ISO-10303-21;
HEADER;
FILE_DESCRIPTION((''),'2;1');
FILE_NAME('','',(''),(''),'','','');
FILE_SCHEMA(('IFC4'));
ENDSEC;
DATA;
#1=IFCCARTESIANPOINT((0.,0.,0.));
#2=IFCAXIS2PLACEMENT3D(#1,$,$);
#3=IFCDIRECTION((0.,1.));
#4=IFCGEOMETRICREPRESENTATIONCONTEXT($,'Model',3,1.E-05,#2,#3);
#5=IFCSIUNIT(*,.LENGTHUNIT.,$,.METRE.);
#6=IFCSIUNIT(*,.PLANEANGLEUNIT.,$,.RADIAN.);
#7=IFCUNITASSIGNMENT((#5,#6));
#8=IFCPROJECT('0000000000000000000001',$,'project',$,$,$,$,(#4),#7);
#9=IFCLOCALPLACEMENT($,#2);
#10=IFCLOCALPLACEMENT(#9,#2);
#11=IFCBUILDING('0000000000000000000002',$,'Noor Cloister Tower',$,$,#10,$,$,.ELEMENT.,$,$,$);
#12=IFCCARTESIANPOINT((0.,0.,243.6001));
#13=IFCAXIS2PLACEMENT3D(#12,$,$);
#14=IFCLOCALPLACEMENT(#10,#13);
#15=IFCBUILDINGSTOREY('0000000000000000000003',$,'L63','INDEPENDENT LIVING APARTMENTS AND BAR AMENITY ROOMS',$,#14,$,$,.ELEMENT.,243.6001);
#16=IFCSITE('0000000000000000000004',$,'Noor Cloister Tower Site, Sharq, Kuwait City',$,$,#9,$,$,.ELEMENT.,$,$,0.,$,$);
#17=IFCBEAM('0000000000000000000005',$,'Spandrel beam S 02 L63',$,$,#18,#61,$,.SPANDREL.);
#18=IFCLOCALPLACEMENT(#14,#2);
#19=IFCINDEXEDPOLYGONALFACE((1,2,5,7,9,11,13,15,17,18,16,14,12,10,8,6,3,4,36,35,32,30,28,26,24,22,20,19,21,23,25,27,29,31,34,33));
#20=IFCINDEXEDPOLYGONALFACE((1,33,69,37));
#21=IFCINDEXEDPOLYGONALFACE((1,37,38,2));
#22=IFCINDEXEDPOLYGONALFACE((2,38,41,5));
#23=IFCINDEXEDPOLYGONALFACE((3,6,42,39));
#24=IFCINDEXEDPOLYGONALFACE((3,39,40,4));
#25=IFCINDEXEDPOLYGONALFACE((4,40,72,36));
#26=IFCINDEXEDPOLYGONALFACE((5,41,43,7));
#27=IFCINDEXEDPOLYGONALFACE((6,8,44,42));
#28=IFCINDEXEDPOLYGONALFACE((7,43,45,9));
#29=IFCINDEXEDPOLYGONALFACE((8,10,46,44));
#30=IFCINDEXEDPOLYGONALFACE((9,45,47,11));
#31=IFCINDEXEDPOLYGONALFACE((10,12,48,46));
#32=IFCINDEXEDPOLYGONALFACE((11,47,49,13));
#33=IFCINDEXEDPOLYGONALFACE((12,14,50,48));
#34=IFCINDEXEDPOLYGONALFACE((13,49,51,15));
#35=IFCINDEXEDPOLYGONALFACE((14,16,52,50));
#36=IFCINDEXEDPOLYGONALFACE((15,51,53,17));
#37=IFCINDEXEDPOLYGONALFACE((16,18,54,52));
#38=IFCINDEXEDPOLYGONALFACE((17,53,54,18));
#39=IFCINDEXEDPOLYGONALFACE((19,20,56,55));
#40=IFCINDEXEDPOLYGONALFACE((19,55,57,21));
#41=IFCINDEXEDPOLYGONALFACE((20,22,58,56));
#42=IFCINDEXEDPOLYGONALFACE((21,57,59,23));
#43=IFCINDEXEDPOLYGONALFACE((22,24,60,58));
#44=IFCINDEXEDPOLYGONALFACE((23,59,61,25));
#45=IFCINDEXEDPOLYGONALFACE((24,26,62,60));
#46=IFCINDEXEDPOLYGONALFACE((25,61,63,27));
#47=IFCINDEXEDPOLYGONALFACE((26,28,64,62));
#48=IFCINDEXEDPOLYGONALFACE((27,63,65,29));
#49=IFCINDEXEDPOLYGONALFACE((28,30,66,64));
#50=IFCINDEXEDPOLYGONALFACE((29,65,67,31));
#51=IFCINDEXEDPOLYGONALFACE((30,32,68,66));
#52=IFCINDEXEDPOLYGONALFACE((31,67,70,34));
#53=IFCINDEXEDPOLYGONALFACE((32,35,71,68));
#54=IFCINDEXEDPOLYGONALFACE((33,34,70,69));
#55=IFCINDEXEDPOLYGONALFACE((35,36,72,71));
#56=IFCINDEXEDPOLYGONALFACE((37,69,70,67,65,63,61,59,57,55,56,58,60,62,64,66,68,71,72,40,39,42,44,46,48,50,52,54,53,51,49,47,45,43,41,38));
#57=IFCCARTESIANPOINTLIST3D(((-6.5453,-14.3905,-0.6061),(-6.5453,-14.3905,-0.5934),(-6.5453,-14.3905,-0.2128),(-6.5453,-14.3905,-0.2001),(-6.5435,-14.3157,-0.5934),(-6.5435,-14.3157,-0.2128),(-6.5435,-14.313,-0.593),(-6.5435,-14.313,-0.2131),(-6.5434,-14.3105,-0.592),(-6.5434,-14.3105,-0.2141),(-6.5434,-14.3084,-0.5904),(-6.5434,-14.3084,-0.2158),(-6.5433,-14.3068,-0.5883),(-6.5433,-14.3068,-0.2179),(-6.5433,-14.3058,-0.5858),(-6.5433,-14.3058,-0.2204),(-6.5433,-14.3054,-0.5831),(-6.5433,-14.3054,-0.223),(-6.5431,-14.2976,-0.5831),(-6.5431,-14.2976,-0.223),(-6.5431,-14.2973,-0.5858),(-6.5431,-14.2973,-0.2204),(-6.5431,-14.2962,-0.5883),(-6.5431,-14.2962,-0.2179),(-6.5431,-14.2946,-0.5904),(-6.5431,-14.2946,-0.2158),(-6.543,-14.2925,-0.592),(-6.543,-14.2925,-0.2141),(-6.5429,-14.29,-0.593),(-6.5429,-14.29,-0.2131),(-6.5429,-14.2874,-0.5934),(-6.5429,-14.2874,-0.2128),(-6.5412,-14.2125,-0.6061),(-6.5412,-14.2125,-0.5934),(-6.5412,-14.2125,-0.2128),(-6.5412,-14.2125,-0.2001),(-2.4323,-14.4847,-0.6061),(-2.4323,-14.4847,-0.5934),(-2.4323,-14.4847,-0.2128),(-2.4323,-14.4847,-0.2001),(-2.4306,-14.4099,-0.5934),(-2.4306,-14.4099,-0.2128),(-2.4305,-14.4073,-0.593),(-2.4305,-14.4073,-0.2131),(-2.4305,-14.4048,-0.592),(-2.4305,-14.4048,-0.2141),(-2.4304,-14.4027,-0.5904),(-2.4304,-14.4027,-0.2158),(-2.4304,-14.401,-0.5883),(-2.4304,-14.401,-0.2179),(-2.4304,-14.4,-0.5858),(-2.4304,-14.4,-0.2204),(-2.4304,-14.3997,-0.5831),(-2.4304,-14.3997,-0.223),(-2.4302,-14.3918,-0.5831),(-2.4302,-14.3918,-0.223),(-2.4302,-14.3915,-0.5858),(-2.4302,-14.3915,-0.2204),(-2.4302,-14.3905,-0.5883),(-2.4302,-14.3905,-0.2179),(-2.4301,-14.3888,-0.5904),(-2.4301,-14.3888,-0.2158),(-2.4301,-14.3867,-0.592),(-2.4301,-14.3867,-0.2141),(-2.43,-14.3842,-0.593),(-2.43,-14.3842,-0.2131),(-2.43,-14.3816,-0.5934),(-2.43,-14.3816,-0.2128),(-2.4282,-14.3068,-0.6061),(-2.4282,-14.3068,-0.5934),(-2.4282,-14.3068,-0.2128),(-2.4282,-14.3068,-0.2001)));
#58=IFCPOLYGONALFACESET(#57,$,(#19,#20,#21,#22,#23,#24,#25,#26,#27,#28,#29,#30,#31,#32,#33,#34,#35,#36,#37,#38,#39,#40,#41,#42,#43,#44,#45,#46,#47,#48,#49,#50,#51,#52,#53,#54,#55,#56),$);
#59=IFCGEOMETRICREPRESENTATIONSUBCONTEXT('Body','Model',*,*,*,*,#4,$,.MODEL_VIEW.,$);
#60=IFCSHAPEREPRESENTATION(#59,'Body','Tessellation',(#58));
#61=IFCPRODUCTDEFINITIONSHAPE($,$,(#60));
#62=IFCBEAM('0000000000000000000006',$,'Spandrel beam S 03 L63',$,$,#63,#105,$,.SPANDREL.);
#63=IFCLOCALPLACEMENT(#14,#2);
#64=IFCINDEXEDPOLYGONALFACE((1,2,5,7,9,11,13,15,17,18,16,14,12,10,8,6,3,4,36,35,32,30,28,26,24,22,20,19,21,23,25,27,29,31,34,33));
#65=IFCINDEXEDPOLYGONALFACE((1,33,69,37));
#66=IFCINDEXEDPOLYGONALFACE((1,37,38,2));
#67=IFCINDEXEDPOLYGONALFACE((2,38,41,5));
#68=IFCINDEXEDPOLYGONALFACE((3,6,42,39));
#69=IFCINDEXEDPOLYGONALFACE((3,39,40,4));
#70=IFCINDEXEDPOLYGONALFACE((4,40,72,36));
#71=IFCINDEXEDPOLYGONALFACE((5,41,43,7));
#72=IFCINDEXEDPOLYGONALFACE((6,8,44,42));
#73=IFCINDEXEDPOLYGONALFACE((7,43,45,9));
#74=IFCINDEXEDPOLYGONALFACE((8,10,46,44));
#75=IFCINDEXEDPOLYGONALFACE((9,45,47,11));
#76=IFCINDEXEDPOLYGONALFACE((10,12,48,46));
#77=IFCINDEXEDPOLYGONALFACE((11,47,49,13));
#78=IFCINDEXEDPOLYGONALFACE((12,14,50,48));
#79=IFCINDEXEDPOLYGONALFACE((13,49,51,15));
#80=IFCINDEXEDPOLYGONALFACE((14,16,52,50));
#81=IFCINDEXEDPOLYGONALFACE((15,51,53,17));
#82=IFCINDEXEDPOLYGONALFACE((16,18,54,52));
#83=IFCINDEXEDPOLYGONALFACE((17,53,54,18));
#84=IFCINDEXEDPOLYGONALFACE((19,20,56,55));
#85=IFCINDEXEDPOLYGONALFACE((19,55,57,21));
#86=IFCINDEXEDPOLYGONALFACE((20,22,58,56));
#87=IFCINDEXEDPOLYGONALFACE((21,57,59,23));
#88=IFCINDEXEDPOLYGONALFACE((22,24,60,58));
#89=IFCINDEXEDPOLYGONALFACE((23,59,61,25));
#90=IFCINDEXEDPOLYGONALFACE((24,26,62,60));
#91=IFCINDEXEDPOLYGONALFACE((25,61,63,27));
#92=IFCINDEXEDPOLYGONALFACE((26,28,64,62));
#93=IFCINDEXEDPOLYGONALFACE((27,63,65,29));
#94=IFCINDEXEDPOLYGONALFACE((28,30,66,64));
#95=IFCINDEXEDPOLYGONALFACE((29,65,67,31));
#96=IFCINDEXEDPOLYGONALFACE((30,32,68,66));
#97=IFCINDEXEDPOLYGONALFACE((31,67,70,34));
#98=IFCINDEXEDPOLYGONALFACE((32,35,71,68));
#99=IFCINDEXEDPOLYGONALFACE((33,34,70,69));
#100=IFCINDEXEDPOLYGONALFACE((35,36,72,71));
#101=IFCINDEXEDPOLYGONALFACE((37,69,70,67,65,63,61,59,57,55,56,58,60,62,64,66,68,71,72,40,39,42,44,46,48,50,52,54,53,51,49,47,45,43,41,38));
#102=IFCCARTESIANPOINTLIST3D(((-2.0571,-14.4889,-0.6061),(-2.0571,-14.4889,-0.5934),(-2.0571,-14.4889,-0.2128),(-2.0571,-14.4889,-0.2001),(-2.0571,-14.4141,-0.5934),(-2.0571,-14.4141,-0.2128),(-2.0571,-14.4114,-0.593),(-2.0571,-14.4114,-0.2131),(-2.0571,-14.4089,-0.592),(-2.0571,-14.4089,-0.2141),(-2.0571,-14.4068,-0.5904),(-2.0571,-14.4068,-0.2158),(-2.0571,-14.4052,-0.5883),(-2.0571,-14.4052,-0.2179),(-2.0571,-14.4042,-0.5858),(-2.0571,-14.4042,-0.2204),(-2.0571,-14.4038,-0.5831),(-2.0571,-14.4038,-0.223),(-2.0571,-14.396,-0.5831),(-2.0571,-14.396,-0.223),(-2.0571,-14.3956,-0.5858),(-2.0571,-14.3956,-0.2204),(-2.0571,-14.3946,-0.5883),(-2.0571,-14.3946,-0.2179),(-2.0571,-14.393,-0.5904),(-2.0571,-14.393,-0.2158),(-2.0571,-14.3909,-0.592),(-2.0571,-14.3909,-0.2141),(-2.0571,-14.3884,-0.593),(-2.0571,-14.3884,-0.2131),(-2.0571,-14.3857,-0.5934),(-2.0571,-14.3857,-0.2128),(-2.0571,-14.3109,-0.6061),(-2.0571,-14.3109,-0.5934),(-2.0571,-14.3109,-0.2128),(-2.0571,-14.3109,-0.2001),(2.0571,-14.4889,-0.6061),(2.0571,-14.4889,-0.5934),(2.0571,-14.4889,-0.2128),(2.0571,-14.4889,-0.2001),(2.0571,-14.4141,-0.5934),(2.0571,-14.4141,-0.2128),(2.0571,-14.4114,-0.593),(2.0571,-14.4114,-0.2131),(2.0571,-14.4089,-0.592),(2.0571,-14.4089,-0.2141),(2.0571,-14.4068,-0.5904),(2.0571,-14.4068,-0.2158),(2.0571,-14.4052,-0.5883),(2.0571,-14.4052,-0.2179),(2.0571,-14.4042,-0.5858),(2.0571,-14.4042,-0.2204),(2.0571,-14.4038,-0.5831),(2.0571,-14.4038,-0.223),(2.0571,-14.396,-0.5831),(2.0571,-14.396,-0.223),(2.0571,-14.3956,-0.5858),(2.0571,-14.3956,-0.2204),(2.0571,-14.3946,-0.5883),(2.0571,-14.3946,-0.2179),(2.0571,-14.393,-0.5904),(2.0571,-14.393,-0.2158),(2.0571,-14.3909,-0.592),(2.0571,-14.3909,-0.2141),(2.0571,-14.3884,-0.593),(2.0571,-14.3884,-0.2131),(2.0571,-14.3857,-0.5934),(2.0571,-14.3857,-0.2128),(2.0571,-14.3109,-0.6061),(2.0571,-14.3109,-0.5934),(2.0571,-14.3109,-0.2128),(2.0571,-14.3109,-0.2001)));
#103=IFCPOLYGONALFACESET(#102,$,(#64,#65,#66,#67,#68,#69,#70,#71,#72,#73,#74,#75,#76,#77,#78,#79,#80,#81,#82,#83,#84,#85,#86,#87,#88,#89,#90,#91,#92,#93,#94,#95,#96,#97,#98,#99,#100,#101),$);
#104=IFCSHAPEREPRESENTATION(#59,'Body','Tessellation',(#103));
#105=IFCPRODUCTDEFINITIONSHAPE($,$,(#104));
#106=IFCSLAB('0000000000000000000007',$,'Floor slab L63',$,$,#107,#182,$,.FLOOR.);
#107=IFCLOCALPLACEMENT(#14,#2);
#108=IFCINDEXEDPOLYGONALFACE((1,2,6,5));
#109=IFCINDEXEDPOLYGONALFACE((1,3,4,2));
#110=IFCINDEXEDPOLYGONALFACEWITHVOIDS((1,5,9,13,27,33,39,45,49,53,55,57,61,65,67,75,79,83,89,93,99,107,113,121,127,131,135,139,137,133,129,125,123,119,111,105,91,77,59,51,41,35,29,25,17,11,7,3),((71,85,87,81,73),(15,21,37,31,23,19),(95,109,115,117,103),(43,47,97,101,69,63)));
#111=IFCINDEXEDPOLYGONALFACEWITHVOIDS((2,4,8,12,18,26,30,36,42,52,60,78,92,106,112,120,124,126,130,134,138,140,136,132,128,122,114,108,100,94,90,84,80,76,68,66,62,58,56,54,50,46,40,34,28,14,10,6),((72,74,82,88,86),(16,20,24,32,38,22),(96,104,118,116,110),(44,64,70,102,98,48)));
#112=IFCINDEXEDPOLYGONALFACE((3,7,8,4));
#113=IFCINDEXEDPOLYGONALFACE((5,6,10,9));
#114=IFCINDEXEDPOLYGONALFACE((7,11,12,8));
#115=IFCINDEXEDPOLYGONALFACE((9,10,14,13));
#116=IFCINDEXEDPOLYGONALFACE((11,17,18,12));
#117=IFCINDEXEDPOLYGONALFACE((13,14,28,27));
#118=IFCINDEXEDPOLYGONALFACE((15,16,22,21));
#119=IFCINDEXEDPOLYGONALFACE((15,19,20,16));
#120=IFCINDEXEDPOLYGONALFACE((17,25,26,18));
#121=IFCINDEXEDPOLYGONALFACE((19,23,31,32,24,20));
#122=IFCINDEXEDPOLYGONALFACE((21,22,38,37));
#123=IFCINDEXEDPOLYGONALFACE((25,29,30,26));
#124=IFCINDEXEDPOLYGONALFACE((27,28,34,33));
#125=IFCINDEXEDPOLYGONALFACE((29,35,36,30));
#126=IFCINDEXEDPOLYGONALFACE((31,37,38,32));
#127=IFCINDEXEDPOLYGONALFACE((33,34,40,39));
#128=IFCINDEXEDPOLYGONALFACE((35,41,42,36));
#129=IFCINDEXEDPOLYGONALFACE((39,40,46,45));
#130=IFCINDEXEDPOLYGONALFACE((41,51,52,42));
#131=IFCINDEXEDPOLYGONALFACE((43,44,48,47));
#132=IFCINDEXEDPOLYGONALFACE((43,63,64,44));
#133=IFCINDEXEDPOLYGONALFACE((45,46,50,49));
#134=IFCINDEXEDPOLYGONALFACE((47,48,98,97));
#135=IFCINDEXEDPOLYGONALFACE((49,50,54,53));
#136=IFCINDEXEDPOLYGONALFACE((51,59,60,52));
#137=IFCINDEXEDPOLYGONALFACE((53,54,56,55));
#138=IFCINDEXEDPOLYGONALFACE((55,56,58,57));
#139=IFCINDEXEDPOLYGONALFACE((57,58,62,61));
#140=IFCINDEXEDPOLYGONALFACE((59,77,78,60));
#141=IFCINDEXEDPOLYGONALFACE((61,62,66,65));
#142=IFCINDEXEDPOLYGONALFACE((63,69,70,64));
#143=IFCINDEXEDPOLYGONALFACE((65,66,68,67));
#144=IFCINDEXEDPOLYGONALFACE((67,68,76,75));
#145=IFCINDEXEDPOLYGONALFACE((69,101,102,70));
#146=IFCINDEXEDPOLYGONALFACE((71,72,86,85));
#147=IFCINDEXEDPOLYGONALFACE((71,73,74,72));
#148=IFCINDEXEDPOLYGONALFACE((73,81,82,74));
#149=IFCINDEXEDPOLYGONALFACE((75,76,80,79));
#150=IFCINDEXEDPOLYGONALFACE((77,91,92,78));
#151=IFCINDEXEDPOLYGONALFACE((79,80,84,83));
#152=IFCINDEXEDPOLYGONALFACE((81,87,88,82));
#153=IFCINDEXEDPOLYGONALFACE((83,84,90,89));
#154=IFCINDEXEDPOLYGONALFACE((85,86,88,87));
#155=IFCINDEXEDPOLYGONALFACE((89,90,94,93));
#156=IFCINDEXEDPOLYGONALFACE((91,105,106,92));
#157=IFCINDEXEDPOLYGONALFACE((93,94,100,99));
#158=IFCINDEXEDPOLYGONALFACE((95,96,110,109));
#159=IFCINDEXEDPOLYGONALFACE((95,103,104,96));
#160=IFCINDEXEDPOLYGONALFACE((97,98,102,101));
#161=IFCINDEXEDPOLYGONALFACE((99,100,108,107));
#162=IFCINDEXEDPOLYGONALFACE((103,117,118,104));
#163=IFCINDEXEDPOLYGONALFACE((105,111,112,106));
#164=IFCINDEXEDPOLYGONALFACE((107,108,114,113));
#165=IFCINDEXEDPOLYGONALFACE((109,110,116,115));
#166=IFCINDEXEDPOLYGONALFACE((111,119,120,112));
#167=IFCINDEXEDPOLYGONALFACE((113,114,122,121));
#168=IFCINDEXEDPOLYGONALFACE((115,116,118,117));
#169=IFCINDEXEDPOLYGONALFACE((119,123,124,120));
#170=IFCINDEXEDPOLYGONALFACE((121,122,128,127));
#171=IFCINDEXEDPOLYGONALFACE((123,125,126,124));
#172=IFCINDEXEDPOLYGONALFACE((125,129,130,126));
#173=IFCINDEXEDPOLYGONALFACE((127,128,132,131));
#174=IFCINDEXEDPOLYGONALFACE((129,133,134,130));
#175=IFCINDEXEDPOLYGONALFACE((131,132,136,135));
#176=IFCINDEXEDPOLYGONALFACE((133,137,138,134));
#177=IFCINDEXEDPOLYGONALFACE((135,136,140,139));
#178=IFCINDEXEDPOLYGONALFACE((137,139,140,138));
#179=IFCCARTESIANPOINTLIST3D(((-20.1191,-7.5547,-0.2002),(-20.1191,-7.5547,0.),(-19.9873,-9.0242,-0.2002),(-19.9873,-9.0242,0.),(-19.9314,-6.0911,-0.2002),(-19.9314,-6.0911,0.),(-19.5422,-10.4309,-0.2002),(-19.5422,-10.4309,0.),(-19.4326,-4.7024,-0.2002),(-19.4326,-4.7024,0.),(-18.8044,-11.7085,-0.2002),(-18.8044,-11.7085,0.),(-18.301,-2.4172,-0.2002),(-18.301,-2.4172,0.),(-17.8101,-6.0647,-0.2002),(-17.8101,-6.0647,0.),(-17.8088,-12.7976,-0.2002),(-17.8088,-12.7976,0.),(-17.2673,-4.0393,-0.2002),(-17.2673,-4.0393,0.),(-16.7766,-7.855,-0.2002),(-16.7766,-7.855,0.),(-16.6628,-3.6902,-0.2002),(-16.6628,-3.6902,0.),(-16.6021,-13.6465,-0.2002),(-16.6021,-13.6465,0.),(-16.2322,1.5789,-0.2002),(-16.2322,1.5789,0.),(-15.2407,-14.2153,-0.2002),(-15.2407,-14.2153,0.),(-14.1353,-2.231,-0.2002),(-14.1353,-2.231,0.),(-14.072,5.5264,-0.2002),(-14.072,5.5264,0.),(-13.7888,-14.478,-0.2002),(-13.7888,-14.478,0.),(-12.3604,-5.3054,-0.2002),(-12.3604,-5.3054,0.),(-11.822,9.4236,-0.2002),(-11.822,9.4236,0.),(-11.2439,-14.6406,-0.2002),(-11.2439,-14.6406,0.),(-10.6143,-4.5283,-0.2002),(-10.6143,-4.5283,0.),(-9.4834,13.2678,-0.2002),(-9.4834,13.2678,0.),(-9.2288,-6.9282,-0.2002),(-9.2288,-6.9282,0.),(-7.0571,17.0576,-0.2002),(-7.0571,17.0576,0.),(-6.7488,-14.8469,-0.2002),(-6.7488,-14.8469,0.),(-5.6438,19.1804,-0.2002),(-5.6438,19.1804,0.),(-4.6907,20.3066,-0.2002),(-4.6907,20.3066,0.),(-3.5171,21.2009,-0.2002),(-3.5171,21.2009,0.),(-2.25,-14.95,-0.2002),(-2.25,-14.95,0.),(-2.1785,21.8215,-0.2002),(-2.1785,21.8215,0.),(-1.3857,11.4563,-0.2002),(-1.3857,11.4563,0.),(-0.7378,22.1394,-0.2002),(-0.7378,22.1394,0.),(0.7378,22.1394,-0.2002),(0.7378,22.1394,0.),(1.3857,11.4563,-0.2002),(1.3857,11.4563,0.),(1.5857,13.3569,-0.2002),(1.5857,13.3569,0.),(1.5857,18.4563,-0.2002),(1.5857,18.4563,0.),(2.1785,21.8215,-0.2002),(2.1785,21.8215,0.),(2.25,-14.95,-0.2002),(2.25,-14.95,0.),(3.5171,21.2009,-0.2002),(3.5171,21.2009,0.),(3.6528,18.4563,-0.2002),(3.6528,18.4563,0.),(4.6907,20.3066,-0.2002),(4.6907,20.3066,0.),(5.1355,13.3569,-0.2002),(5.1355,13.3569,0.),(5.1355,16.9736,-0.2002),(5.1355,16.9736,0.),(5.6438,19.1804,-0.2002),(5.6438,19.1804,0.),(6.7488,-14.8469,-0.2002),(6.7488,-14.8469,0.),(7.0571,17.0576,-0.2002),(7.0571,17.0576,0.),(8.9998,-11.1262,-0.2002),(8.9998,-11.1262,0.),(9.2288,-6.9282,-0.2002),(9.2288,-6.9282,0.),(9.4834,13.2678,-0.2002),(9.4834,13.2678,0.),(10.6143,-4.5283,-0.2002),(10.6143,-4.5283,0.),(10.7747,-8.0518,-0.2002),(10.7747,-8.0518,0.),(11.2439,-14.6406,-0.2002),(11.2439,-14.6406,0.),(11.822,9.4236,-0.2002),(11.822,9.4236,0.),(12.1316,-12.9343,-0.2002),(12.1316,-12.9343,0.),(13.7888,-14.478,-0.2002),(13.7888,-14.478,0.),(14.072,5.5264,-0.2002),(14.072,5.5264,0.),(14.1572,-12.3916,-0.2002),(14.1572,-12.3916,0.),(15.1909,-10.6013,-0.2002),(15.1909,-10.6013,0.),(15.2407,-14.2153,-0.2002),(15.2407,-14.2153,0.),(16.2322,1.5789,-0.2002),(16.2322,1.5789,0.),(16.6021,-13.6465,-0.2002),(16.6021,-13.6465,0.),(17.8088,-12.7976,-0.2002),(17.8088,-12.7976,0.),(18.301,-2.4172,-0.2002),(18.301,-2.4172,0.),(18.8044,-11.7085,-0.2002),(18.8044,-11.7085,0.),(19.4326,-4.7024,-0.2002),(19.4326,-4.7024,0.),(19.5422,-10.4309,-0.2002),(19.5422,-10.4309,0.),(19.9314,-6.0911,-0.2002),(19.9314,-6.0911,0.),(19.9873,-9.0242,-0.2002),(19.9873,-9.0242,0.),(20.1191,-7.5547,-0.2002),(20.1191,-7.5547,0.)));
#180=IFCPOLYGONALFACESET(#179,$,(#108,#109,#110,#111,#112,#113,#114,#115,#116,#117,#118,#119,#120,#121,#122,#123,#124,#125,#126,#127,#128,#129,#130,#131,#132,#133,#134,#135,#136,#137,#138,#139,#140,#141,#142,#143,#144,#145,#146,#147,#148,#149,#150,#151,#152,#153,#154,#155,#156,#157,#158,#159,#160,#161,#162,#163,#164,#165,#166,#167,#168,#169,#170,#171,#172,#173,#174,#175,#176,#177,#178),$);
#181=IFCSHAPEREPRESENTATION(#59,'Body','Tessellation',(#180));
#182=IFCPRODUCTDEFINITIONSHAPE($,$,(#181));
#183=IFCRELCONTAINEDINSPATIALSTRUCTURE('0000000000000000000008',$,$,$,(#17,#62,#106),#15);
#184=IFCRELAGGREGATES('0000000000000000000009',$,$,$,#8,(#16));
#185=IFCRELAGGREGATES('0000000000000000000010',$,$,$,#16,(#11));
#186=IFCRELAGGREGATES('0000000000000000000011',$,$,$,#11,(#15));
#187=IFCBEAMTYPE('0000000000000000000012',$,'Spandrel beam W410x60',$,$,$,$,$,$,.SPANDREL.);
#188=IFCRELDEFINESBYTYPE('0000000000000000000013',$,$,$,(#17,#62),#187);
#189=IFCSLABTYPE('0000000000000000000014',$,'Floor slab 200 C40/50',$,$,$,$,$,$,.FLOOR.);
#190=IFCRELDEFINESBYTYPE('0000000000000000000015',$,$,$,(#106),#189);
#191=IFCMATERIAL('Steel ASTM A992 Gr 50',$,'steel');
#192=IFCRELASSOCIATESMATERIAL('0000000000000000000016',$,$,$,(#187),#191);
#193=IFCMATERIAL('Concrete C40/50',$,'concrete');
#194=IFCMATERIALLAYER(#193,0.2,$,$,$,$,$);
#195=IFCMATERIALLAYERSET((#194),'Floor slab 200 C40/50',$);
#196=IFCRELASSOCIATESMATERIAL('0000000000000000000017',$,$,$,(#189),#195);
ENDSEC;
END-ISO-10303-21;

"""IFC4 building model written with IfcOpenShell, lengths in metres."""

from ifc_helpers import new_model, si_unit, direction, frame, origin, origin_2d, place, context, subcontext, project, spatial, polyline, i_section, outline, extrude, material, layer, layer_set, material_profile, profile_set, type_object, element, save


model = new_model("IFC4")

# Units and contexts
model_context = context("Model", 3, precision=1e-05, world=origin(), true_north=direction((0.0, 1.0)))
body_context = subcontext(model_context, "Body", "Model", "MODEL_VIEW")
ifc_project = project(units=[si_unit("LENGTHUNIT", "METRE"), si_unit("PLANEANGLEUNIT", "RADIAN")], contexts=[model_context])

# Site, building, storey
site_placement = place(None, origin())
site = spatial("IfcSite", under=ifc_project, at=site_placement, Name="Noor Cloister Tower Site, Sharq, Kuwait City", CompositionType="ELEMENT", RefElevation=0.0)
building_placement = place(site_placement, origin())
building = spatial("IfcBuilding", under=site, at=building_placement, Name="Noor Cloister Tower", CompositionType="ELEMENT")
storey_placement = place(building_placement, frame((0.0, 0.0, 243.6001)))
storey = spatial("IfcBuildingStorey", under=building, at=storey_placement, Name="L63", Description="INDEPENDENT LIVING APARTMENTS AND BAR AMENITY ROOMS", CompositionType="ELEMENT", Elevation=243.6001)

# Beams
ifc_material_1 = material(Name="Steel ASTM A992 Gr 50", Category="steel")
ifc_material_profile_1 = material_profile(ifc_material_1, i_section(OverallWidth=0.178, OverallDepth=0.406, WebThickness=0.0078, FlangeThickness=0.0127, FilletRadius=0.0103, at=origin_2d()), Name="W410x60")
ifc_profile_set_1 = profile_set([ifc_material_profile_1], Name="Steel ASTM A992 Gr 50")
beam_type_1 = type_object("IfcBeamType", Name="Spandrel beam W410x60", PredefinedType="SPANDREL", material=ifc_profile_set_1)
beam_1_placement = place(storey_placement, frame((-6.5432, -14.3015, -0.4031), z_axis=(0.999738, -0.022906, 0.0), x_axis=(0.022906, 0.999738, 0.0)))
element("IfcBeam", 1, at=beam_1_placement, inside=storey, type_object=beam_type_1, Name="Spandrel beam S 02 L63", PredefinedType="SPANDREL", context=body_context, shape_type="SweptSolid", body=[
    extrude(i_section(OverallWidth=0.178, OverallDepth=0.406, WebThickness=0.0078, FlangeThickness=0.0127, FilletRadius=0.0103, at=origin_2d()), origin(), (0.0, 0.0, 1.0), 4.114),
])
beam_2_placement = place(storey_placement, frame((-2.0571, -14.3999, -0.4031), z_axis=(1.0, 0.0, 0.0), x_axis=(0.0, 1.0, 0.0)))
element("IfcBeam", 2, at=beam_2_placement, inside=storey, type_object=beam_type_1, Name="Spandrel beam S 03 L63", PredefinedType="SPANDREL", context=body_context, shape_type="SweptSolid", body=[
    extrude(i_section(OverallWidth=0.178, OverallDepth=0.406, WebThickness=0.0078, FlangeThickness=0.0127, FilletRadius=0.0103, at=origin_2d()), origin(), (0.0, 0.0, 1.0), 4.1143),
])

# Slab
ifc_material_2 = material(Name="Concrete C40/50", Category="concrete")
ifc_layer_1 = layer(ifc_material_2, 0.2)
ifc_layer_set_1 = layer_set([ifc_layer_1], Name="Floor slab 200 C40/50")
slab_type = type_object("IfcSlabType", Name="Floor slab 200 C40/50", PredefinedType="FLOOR", material=ifc_layer_set_1)
slab_placement = place(storey_placement, frame((0.0, 0.0, -0.2002)))
element("IfcSlab", 3, at=slab_placement, inside=storey, type_object=slab_type, Name="Floor slab L63", PredefinedType="FLOOR", context=body_context, shape_type="SweptSolid", body=[
    extrude(outline(polyline([(5.6438, 19.1804), (4.6907, 20.3066), (3.5171, 21.2009), (2.1785, 21.8215), (0.7378, 22.1394), (-0.7378, 22.1394), (-2.1785, 21.8215), (-3.5171, 21.2009), (-4.6907, 20.3066), (-5.6438, 19.1804), (-7.0571, 17.0576), (-9.4834, 13.2678), (-11.822, 9.4236), (-14.072, 5.5264), (-16.2322, 1.5789), (-18.301, -2.4172), (-19.4326, -4.7024), (-19.9314, -6.0911), (-20.1191, -7.5547), (-19.9873, -9.0242), (-19.5422, -10.4309), (-18.8044, -11.7085), (-17.8088, -12.7976), (-16.6021, -13.6465), (-15.2407, -14.2153), (-13.7888, -14.478), (-11.2439, -14.6406), (-6.7488, -14.8469), (-2.25, -14.95), (2.25, -14.95), (6.7488, -14.8469), (11.2439, -14.6406), (13.7888, -14.478), (15.2407, -14.2153), (16.6021, -13.6465), (17.8088, -12.7976), (18.8044, -11.7085), (19.5422, -10.4309), (19.9873, -9.0242), (20.1191, -7.5547), (19.9314, -6.0911), (19.4326, -4.7024), (18.301, -2.4172), (16.2322, 1.5789), (14.072, 5.5264), (11.822, 9.4236), (9.4834, 13.2678), (7.0571, 17.0576), (5.6438, 19.1804)]), holes=[polyline([(8.9998, -11.1262), (12.1316, -12.9343), (14.1572, -12.3916), (15.1909, -10.6013), (10.7747, -8.0518), (8.9998, -11.1262)]), polyline([(-17.8101, -6.0647), (-16.7766, -7.855), (-12.3604, -5.3054), (-14.1353, -2.231), (-16.6628, -3.6902), (-17.2673, -4.0393), (-17.8101, -6.0647)]), polyline([(-10.6143, -4.5283), (-9.2288, -6.9282), (9.2288, -6.9282), (10.6143, -4.5283), (1.3857, 11.4563), (-1.3857, 11.4563), (-10.6143, -4.5283)]), polyline([(3.6528, 18.4563), (1.5857, 18.4563), (1.5857, 13.3569), (5.1355, 13.3569), (5.1355, 16.9736), (3.6528, 18.4563)])]), origin(), (0.0, 0.0, 1.0), 0.2002),
])

save(model, "model.ifc")
